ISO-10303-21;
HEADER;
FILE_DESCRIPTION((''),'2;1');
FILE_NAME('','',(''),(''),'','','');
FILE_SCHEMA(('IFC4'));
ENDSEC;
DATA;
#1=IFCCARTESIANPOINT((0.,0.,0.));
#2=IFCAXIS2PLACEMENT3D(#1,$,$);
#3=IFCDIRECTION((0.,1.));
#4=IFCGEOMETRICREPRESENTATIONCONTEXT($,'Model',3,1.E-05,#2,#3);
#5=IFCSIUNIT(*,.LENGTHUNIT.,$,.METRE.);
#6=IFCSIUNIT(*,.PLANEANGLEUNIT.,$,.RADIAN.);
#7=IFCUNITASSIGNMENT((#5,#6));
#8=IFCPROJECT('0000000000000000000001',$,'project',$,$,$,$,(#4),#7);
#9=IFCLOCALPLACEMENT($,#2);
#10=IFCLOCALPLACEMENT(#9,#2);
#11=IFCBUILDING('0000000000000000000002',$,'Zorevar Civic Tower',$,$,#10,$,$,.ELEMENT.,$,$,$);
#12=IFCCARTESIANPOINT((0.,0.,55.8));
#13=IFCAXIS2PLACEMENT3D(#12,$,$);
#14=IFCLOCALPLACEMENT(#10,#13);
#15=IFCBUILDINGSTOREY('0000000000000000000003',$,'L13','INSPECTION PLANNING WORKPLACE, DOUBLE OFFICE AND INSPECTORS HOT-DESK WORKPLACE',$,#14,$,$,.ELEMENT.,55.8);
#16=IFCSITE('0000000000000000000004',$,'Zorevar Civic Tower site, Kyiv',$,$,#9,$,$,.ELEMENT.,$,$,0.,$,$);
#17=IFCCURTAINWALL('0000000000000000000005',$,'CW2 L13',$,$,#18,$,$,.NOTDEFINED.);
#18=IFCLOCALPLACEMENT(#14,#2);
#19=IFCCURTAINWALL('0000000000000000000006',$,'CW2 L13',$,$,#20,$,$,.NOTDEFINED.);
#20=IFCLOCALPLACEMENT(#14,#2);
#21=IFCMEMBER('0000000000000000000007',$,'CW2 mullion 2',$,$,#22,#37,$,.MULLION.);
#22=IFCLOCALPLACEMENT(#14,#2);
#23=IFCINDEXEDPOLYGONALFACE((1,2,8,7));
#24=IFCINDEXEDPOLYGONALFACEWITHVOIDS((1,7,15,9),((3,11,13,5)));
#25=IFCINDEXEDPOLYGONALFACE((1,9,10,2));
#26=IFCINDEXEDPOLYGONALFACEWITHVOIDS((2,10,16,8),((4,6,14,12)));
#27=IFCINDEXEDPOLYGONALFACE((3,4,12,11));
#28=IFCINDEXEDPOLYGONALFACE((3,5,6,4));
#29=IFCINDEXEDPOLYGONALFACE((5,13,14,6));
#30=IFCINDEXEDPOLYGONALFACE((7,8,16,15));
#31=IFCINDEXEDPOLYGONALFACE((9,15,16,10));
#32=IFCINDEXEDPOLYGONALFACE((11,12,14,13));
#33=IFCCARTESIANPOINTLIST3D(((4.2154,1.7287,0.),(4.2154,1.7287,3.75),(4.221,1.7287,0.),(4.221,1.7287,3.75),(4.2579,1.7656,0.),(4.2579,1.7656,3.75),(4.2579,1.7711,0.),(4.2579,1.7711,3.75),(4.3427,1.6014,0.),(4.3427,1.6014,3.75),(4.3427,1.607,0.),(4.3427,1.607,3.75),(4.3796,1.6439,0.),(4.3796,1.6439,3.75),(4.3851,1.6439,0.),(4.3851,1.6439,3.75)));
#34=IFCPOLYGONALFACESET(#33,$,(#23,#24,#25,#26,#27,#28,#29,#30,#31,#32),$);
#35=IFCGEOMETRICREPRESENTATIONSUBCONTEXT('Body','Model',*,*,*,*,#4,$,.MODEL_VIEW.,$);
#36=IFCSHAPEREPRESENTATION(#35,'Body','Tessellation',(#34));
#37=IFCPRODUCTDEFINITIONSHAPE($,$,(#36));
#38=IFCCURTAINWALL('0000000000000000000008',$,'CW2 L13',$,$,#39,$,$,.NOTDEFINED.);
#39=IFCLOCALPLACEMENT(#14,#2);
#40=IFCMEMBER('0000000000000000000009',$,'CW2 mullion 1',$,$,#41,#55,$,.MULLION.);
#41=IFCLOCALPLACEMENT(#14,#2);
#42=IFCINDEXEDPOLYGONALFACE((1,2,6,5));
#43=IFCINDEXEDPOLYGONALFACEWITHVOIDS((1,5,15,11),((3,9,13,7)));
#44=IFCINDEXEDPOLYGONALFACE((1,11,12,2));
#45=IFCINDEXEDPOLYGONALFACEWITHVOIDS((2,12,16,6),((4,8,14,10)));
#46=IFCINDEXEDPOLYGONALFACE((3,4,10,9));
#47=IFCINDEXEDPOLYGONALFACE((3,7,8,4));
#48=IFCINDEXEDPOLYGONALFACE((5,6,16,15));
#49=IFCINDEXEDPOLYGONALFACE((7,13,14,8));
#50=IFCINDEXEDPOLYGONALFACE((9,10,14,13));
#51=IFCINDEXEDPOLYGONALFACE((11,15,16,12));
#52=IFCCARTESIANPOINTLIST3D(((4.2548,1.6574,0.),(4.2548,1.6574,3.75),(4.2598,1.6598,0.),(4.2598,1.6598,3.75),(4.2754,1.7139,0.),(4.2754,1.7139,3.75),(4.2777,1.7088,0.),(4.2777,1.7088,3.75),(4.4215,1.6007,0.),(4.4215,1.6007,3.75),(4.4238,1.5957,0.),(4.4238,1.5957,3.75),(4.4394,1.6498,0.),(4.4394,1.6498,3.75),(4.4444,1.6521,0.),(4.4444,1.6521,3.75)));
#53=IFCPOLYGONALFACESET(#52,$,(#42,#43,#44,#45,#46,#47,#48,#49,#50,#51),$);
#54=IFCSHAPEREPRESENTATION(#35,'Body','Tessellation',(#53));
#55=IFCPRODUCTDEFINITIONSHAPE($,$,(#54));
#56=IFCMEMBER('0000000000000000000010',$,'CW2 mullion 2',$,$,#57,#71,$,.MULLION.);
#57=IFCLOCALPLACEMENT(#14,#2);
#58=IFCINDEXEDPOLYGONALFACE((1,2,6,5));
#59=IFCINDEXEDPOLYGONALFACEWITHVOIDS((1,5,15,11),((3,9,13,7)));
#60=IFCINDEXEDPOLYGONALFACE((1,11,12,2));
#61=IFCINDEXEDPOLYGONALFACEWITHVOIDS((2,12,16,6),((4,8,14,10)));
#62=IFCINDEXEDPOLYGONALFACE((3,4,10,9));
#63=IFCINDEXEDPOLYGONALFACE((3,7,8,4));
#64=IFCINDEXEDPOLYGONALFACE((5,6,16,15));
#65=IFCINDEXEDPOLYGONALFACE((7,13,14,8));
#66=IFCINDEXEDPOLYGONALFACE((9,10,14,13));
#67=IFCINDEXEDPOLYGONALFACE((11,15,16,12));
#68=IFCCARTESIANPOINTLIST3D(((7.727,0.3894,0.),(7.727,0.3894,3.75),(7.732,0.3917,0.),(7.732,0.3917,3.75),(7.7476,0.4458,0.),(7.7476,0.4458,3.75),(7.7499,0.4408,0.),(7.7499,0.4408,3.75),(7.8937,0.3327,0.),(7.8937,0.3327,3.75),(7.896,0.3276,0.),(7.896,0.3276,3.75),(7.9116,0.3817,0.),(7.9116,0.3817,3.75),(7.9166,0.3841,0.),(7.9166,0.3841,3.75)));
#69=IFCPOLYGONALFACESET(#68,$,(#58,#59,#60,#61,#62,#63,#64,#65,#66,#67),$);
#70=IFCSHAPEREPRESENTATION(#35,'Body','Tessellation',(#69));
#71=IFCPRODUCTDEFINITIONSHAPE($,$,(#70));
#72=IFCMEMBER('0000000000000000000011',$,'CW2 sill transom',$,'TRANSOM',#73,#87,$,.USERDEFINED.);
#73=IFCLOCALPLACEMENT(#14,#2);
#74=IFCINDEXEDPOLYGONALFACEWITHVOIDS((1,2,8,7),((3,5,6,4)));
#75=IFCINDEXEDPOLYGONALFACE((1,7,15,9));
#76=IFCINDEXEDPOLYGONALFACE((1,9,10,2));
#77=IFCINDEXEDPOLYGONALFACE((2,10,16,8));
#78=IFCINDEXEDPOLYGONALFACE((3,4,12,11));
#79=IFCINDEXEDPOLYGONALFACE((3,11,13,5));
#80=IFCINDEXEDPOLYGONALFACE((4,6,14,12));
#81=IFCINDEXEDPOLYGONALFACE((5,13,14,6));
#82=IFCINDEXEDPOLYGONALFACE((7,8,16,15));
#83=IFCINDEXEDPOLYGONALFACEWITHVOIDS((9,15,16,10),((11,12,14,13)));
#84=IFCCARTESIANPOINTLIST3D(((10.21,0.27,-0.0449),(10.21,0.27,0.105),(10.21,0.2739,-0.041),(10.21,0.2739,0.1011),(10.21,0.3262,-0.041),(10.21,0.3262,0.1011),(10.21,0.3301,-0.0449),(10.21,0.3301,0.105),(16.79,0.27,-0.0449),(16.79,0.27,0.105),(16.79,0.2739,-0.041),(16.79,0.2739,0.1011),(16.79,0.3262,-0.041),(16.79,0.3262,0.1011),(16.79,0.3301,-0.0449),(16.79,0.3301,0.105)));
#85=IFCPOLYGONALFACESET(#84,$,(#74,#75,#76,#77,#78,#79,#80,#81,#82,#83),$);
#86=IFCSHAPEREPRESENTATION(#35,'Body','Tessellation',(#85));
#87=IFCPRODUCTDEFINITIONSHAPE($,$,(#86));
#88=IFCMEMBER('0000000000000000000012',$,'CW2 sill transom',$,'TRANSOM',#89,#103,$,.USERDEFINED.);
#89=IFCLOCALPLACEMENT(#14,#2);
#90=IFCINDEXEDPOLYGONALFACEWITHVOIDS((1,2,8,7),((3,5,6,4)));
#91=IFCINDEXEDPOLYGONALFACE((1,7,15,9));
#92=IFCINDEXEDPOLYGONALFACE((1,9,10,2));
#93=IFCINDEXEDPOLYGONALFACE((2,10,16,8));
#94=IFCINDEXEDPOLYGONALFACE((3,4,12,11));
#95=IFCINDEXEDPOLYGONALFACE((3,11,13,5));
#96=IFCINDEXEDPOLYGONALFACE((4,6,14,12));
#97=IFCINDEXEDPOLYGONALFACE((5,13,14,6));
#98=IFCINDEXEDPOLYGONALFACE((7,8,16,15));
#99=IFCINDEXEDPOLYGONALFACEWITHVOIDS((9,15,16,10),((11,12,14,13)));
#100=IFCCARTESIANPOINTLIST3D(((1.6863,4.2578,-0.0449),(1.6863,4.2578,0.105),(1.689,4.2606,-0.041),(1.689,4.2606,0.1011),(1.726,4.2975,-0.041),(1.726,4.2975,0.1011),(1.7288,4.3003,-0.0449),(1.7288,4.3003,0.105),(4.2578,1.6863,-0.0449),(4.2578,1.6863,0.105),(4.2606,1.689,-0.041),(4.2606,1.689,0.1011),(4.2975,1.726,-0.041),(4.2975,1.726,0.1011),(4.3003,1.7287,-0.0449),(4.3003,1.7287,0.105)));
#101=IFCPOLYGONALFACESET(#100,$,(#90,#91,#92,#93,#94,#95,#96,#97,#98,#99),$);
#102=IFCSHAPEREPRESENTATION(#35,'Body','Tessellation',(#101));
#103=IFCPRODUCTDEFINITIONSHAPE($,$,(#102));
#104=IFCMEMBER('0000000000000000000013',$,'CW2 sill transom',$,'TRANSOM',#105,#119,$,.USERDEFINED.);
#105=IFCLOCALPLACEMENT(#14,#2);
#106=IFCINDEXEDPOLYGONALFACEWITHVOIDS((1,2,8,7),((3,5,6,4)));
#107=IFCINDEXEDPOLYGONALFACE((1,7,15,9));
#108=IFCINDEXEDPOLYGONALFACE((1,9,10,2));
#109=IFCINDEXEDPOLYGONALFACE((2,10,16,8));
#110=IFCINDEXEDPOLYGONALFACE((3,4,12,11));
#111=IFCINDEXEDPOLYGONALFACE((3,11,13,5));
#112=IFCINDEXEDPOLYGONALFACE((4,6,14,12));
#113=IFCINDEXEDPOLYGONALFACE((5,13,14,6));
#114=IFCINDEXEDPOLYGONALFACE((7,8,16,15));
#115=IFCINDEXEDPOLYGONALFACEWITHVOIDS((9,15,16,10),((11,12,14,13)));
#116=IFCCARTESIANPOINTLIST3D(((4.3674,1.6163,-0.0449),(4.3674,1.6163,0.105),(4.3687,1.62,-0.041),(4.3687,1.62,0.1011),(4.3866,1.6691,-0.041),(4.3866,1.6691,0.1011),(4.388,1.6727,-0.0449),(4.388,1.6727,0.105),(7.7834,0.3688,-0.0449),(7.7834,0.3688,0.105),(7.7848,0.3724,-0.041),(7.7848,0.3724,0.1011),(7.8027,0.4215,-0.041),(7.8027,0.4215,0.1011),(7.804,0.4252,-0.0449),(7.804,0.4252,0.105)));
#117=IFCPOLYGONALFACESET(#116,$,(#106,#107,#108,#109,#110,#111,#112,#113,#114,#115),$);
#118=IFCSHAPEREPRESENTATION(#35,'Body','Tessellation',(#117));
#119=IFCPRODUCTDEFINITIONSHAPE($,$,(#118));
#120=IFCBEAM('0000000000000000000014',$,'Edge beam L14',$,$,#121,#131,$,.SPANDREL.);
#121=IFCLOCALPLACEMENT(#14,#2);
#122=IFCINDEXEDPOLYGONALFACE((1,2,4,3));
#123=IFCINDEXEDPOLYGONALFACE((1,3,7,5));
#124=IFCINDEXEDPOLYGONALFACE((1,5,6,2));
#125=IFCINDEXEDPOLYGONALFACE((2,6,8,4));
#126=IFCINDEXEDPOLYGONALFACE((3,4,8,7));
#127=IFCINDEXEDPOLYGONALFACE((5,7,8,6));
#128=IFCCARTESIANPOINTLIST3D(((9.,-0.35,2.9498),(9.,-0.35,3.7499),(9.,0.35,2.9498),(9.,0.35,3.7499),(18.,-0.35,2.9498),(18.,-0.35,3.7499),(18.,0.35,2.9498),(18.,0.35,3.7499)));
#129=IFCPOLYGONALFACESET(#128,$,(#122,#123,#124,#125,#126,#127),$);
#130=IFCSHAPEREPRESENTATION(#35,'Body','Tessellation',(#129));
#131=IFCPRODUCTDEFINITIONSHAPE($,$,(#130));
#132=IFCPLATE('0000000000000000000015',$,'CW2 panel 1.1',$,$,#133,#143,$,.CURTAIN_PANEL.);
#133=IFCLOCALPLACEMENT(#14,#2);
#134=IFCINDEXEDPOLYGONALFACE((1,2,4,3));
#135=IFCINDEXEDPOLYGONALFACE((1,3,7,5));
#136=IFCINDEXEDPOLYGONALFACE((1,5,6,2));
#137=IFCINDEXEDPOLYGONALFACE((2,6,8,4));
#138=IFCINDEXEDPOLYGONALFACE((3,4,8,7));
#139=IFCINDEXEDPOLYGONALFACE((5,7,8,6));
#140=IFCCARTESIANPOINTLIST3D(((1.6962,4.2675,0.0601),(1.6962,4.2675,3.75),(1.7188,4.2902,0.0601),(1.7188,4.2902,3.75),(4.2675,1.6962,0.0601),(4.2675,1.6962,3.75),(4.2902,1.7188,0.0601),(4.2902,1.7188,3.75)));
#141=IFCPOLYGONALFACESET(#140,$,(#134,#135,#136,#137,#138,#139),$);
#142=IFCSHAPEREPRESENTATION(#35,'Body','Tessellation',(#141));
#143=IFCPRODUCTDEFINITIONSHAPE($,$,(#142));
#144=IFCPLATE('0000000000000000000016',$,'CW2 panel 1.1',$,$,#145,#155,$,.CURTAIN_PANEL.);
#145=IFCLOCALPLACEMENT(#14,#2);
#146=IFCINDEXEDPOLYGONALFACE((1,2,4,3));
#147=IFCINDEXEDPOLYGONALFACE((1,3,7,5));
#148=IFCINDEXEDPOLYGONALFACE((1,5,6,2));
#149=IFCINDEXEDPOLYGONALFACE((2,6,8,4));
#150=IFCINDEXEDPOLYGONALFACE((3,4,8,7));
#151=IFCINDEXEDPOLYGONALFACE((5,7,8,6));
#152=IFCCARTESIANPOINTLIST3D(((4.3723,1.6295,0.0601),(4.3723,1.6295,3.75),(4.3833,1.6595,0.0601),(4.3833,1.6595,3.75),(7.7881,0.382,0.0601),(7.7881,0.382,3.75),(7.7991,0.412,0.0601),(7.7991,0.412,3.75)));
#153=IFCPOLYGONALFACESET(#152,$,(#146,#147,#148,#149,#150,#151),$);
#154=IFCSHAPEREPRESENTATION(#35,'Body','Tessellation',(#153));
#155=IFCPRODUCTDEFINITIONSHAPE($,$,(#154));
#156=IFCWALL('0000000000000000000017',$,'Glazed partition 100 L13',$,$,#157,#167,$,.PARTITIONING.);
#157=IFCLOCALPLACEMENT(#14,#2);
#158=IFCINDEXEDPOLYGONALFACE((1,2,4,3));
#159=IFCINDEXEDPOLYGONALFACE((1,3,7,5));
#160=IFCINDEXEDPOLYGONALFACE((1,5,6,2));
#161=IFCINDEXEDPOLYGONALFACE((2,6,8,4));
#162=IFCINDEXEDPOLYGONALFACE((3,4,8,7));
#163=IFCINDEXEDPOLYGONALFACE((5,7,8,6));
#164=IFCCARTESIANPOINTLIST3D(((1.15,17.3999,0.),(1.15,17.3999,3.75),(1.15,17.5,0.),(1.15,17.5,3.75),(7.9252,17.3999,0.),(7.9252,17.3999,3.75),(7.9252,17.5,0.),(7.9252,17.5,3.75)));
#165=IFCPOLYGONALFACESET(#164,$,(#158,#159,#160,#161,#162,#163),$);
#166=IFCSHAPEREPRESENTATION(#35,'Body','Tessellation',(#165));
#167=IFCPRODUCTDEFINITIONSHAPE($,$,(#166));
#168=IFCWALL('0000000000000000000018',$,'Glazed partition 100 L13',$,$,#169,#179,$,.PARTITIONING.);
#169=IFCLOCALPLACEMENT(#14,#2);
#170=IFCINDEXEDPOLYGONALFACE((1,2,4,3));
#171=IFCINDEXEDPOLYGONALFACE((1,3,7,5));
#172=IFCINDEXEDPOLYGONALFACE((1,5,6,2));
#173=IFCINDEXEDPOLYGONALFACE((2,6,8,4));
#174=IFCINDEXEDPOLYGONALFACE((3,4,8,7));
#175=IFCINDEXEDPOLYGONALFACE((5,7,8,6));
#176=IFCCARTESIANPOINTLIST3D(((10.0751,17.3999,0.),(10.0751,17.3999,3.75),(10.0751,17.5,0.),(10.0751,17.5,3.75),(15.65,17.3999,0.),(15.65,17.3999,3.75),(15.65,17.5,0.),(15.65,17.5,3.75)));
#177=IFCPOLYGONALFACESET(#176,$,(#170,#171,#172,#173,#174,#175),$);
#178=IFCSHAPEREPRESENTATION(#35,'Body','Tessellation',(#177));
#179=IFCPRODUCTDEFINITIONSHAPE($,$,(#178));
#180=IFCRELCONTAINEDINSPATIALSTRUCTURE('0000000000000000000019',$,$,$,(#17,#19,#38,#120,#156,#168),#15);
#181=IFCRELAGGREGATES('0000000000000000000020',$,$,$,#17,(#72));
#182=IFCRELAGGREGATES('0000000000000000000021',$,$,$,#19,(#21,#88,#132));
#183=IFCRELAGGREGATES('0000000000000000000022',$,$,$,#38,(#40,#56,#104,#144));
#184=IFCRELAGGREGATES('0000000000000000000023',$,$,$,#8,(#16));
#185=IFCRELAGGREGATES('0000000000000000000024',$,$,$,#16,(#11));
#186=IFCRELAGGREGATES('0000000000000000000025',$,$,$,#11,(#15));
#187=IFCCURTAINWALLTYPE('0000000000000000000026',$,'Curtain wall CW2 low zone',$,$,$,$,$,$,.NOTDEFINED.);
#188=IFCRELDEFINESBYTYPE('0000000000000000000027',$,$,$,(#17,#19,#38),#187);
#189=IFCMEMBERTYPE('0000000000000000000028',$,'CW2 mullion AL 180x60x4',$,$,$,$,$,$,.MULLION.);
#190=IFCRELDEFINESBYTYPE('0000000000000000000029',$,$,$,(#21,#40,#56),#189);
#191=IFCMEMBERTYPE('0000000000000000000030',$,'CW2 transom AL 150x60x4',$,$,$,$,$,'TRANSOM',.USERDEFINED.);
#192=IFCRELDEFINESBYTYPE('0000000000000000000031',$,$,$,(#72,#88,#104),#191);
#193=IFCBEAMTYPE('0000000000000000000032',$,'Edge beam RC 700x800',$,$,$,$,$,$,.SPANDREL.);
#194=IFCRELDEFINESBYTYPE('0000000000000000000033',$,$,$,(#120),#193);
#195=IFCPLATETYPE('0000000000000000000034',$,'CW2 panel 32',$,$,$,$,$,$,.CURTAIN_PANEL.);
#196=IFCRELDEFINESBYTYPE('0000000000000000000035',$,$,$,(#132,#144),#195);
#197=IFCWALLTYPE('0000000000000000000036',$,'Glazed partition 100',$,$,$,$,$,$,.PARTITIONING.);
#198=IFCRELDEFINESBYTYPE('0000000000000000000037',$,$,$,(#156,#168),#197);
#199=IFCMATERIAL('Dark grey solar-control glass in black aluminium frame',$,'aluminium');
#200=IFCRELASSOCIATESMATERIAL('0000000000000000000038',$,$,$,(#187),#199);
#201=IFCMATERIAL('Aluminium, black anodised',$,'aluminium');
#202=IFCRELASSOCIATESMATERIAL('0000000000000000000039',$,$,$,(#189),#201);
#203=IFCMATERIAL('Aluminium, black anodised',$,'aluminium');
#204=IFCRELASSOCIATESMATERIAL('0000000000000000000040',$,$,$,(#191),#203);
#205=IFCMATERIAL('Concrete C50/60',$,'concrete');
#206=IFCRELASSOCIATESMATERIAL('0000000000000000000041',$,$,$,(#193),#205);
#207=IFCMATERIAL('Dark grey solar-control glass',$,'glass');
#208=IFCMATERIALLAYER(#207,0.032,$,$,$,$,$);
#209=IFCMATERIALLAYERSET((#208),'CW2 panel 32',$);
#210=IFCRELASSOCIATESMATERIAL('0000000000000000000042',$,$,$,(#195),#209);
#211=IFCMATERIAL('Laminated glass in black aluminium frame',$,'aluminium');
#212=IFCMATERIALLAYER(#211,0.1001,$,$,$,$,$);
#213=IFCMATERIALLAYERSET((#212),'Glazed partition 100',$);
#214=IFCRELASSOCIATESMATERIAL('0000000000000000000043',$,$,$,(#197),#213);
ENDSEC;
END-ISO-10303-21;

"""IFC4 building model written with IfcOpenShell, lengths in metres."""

from ifc_helpers import new_model, si_unit, direction, frame, frame_2d, origin, origin_2d, place, context, subcontext, project, spatial, rectangle, hollow_rectangle, extrude, material, layer, layer_set, material_profile, profile_set, type_object, element, aggregate, save


model = new_model("IFC4")

# Units and contexts
model_context = context("Model", 3, precision=1e-05, world=origin(), true_north=direction((0.0, 1.0)))
body_context = subcontext(model_context, "Body", "Model", "MODEL_VIEW")
ifc_project = project(units=[si_unit("LENGTHUNIT", "METRE"), si_unit("PLANEANGLEUNIT", "RADIAN")], contexts=[model_context])

# Site, building, storey
site_placement = place(None, origin())
site = spatial("IfcSite", under=ifc_project, at=site_placement, Name="Zorevar Civic Tower site, Kyiv", CompositionType="ELEMENT", RefElevation=0.0)
building_placement = place(site_placement, origin())
building = spatial("IfcBuilding", under=site, at=building_placement, Name="Zorevar Civic Tower", CompositionType="ELEMENT")
storey_placement = place(building_placement, frame((0.0, 0.0, 55.8)))
storey = spatial("IfcBuildingStorey", under=building, at=storey_placement, Name="L13", Description="INSPECTION PLANNING WORKPLACE, DOUBLE OFFICE AND INSPECTORS HOT-DESK WORKPLACE", CompositionType="ELEMENT", Elevation=55.8)

# Curtain wall
ifc_material_1 = material(Name="Dark grey solar-control glass in black aluminium frame", Category="aluminium")
curtain_wall_type = type_object("IfcCurtainWallType", Name="Curtain wall CW2 low zone", PredefinedType="NOTDEFINED", material=ifc_material_1)
curtain_wall_1_placement = place(storey_placement, origin())
curtain_wall_1 = element("IfcCurtainWall", 1, at=curtain_wall_1_placement, inside=storey, type_object=curtain_wall_type, Name="CW2 L13", PredefinedType="NOTDEFINED")
ifc_material_2 = material(Name="Aluminium, black anodised", Category="aluminium")
ifc_material_profile_1 = material_profile(ifc_material_2, hollow_rectangle(XDim=0.0601, YDim=0.1799, WallThickness=0.0039, at=origin_2d()), Name="AL 180x60x4")
ifc_profile_set_1 = profile_set([ifc_material_profile_1], Name="Aluminium, black anodised")
member_type_1 = type_object("IfcMemberType", Name="CW2 mullion AL 180x60x4", PredefinedType="MULLION", material=ifc_profile_set_1)

# Curtain walls, members
curtain_wall_2_placement = place(storey_placement, origin())
curtain_wall_2 = element("IfcCurtainWall", 2, at=curtain_wall_2_placement, inside=storey, type_object=curtain_wall_type, Name="CW2 L13", PredefinedType="NOTDEFINED")
member_1_placement = place(storey_placement, frame((4.3003, 1.6863, 0.0), z_axis=(0.0, 0.0, 1.0), x_axis=(0.707107, 0.707107, 0.0)))
member_1 = element("IfcMember", 3, at=member_1_placement, type_object=member_type_1, Name="CW2 mullion 2", PredefinedType="MULLION", context=body_context, shape_type="SweptSolid", body=[
    extrude(hollow_rectangle(XDim=0.0601, YDim=0.1799, WallThickness=0.0039, at=origin_2d()), origin(), (0.0, 0.0, 1.0), 3.75),
])
curtain_wall_3_placement = place(storey_placement, origin())
curtain_wall_3 = element("IfcCurtainWall", 4, at=curtain_wall_3_placement, inside=storey, type_object=curtain_wall_type, Name="CW2 L13", PredefinedType="NOTDEFINED")
member_2_placement = place(storey_placement, frame((4.3496, 1.6548, 0.0), z_axis=(0.0, 0.0, 1.0), x_axis=(0.34306, 0.939313, 0.0)))
member_2 = element("IfcMember", 5, at=member_2_placement, type_object=member_type_1, Name="CW2 mullion 1", PredefinedType="MULLION", context=body_context, shape_type="SweptSolid", body=[
    extrude(hollow_rectangle(XDim=0.0601, YDim=0.1799, WallThickness=0.0039, at=origin_2d()), origin(), (0.0, 0.0, 1.0), 3.75),
])
member_3_placement = place(storey_placement, frame((7.8218, 0.3867, 0.0), z_axis=(0.0, 0.0, 1.0), x_axis=(0.34306, 0.939313, 0.0)))
member_3 = element("IfcMember", 6, at=member_3_placement, type_object=member_type_1, Name="CW2 mullion 2", PredefinedType="MULLION", context=body_context, shape_type="SweptSolid", body=[
    extrude(hollow_rectangle(XDim=0.0601, YDim=0.1799, WallThickness=0.0039, at=origin_2d()), origin(), (0.0, 0.0, 1.0), 3.75),
])

# Members
ifc_material_3 = material(Name="Aluminium, black anodised", Category="aluminium")
ifc_material_profile_2 = material_profile(ifc_material_3, hollow_rectangle(XDim=0.0601, YDim=0.1499, WallThickness=0.0039, at=origin_2d()), Name="AL 150x60x4")
ifc_profile_set_2 = profile_set([ifc_material_profile_2], Name="Aluminium, black anodised")
member_type_2 = type_object("IfcMemberType", Name="CW2 transom AL 150x60x4", ElementType="TRANSOM", PredefinedType="USERDEFINED", material=ifc_profile_set_2)
member_4_placement = place(storey_placement, frame((10.21, 0.3, 0.03), z_axis=(1.0, 0.0, 0.0), x_axis=(0.0, 1.0, 0.0)))
member_4 = element("IfcMember", 7, at=member_4_placement, type_object=member_type_2, Name="CW2 sill transom", ObjectType="TRANSOM", PredefinedType="USERDEFINED", context=body_context, shape_type="SweptSolid", body=[
    extrude(hollow_rectangle(XDim=0.0601, YDim=0.1499, WallThickness=0.0039, at=origin_2d()), origin(), (0.0, 0.0, 1.0), 6.5801),
])
aggregate(curtain_wall_1, [member_4])
member_5_placement = place(storey_placement, frame((1.7075, 4.2791, 0.03), z_axis=(0.707107, -0.707107, 0.0), x_axis=(0.707107, 0.707107, 0.0)))
member_5 = element("IfcMember", 8, at=member_5_placement, type_object=member_type_2, Name="CW2 sill transom", ObjectType="TRANSOM", PredefinedType="USERDEFINED", context=body_context, shape_type="SweptSolid", body=[
    extrude(hollow_rectangle(XDim=0.0601, YDim=0.1499, WallThickness=0.0039, at=origin_2d()), origin(), (0.0, 0.0, 1.0), 3.6367),
])
member_6_placement = place(storey_placement, frame((4.3777, 1.6445, 0.03), z_axis=(0.939318, -0.343047, 0.0), x_axis=(0.343047, 0.939318, 0.0)))
member_6 = element("IfcMember", 9, at=member_6_placement, type_object=member_type_2, Name="CW2 sill transom", ObjectType="TRANSOM", PredefinedType="USERDEFINED", context=body_context, shape_type="SweptSolid", body=[
    extrude(hollow_rectangle(XDim=0.0601, YDim=0.1499, WallThickness=0.0039, at=origin_2d()), origin(), (0.0, 0.0, 1.0), 3.6367),
])

# Beam
ifc_material_4 = material(Name="Concrete C50/60", Category="concrete")
ifc_material_profile_3 = material_profile(ifc_material_4, rectangle(XDim=0.7, YDim=0.8, at=origin_2d()), Name="RC 700x800")
ifc_profile_set_3 = profile_set([ifc_material_profile_3], Name="Concrete C50/60")
beam_type_1 = type_object("IfcBeamType", Name="Edge beam RC 700x800", PredefinedType="SPANDREL", material=ifc_profile_set_3)
beam_1_placement = place(storey_placement, frame((9.0, 0.0, 3.3499), z_axis=(1.0, 0.0, 0.0), x_axis=(0.0, 1.0, 0.0)))
element("IfcBeam", 10, at=beam_1_placement, inside=storey, type_object=beam_type_1, Name="Edge beam L14", PredefinedType="SPANDREL", context=body_context, shape_type="SweptSolid", body=[
    extrude(rectangle(XDim=0.7, YDim=0.8, at=origin_2d()), origin(), (0.0, 0.0, 1.0), 9.0),
])

# Plates
ifc_material_5 = material(Name="Dark grey solar-control glass", Category="glass")
ifc_layer_1 = layer(ifc_material_5, 0.032)
ifc_layer_set_1 = layer_set([ifc_layer_1], Name="CW2 panel 32")
plate_type = type_object("IfcPlateType", Name="CW2 panel 32", PredefinedType="CURTAIN_PANEL", material=ifc_layer_set_1)
plate_1_placement = place(storey_placement, frame((2.9932, 2.9932, 0.0601), z_axis=(0.0, 0.0, 1.0), x_axis=(0.707107, -0.707107, 0.0)))
plate_1 = element("IfcPlate", 11, at=plate_1_placement, type_object=plate_type, Name="CW2 panel 1.1", PredefinedType="CURTAIN_PANEL", context=body_context, shape_type="SweptSolid", body=[
    extrude(rectangle(XDim=3.6365, YDim=0.032, at=origin_2d()), origin(), (0.0, 0.0, 1.0), 3.6899),
])
aggregate(curtain_wall_2, [member_1, member_5, plate_1])
plate_2_placement = place(storey_placement, frame((6.0857, 1.0208, 0.0601), z_axis=(0.0, 0.0, 1.0), x_axis=(0.939313, -0.34306, 0.0)))
plate_2 = element("IfcPlate", 12, at=plate_2_placement, type_object=plate_type, Name="CW2 panel 1.1", PredefinedType="CURTAIN_PANEL", context=body_context, shape_type="SweptSolid", body=[
    extrude(rectangle(XDim=3.6365, YDim=0.032, at=origin_2d()), origin(), (0.0, 0.0, 1.0), 3.6899),
])
aggregate(curtain_wall_3, [member_2, member_3, member_6, plate_2])

# Walls
ifc_material_6 = material(Name="Laminated glass in black aluminium frame", Category="aluminium")
ifc_layer_2 = layer(ifc_material_6, 0.1001)
ifc_layer_set_2 = layer_set([ifc_layer_2], Name="Glazed partition 100")
wall_type_1 = type_object("IfcWallType", Name="Glazed partition 100", PredefinedType="PARTITIONING", material=ifc_layer_set_2)
wall_1_placement = place(storey_placement, frame((1.1499, 17.45, 0.0), z_axis=(0.0, 0.0, 1.0), x_axis=(1.0, 0.0, 0.0)))
element("IfcWall", 13, at=wall_1_placement, inside=storey, type_object=wall_type_1, Name="Glazed partition 100 L13", PredefinedType="PARTITIONING", context=body_context, shape_type="SweptSolid", body=[
    extrude(rectangle(XDim=6.7751, YDim=0.1001, at=frame_2d((3.3877, 0.0))), origin(), (0.0, 0.0, 1.0), 3.75),
])
wall_2_placement = place(storey_placement, frame((10.075, 17.45, 0.0), z_axis=(0.0, 0.0, 1.0), x_axis=(1.0, 0.0, 0.0)))
element("IfcWall", 14, at=wall_2_placement, inside=storey, type_object=wall_type_1, Name="Glazed partition 100 L13", PredefinedType="PARTITIONING", context=body_context, shape_type="SweptSolid", body=[
    extrude(rectangle(XDim=5.575, YDim=0.1001, at=frame_2d((2.7876, 0.0))), origin(), (0.0, 0.0, 1.0), 3.75),
])

save(model, "model.ifc")
